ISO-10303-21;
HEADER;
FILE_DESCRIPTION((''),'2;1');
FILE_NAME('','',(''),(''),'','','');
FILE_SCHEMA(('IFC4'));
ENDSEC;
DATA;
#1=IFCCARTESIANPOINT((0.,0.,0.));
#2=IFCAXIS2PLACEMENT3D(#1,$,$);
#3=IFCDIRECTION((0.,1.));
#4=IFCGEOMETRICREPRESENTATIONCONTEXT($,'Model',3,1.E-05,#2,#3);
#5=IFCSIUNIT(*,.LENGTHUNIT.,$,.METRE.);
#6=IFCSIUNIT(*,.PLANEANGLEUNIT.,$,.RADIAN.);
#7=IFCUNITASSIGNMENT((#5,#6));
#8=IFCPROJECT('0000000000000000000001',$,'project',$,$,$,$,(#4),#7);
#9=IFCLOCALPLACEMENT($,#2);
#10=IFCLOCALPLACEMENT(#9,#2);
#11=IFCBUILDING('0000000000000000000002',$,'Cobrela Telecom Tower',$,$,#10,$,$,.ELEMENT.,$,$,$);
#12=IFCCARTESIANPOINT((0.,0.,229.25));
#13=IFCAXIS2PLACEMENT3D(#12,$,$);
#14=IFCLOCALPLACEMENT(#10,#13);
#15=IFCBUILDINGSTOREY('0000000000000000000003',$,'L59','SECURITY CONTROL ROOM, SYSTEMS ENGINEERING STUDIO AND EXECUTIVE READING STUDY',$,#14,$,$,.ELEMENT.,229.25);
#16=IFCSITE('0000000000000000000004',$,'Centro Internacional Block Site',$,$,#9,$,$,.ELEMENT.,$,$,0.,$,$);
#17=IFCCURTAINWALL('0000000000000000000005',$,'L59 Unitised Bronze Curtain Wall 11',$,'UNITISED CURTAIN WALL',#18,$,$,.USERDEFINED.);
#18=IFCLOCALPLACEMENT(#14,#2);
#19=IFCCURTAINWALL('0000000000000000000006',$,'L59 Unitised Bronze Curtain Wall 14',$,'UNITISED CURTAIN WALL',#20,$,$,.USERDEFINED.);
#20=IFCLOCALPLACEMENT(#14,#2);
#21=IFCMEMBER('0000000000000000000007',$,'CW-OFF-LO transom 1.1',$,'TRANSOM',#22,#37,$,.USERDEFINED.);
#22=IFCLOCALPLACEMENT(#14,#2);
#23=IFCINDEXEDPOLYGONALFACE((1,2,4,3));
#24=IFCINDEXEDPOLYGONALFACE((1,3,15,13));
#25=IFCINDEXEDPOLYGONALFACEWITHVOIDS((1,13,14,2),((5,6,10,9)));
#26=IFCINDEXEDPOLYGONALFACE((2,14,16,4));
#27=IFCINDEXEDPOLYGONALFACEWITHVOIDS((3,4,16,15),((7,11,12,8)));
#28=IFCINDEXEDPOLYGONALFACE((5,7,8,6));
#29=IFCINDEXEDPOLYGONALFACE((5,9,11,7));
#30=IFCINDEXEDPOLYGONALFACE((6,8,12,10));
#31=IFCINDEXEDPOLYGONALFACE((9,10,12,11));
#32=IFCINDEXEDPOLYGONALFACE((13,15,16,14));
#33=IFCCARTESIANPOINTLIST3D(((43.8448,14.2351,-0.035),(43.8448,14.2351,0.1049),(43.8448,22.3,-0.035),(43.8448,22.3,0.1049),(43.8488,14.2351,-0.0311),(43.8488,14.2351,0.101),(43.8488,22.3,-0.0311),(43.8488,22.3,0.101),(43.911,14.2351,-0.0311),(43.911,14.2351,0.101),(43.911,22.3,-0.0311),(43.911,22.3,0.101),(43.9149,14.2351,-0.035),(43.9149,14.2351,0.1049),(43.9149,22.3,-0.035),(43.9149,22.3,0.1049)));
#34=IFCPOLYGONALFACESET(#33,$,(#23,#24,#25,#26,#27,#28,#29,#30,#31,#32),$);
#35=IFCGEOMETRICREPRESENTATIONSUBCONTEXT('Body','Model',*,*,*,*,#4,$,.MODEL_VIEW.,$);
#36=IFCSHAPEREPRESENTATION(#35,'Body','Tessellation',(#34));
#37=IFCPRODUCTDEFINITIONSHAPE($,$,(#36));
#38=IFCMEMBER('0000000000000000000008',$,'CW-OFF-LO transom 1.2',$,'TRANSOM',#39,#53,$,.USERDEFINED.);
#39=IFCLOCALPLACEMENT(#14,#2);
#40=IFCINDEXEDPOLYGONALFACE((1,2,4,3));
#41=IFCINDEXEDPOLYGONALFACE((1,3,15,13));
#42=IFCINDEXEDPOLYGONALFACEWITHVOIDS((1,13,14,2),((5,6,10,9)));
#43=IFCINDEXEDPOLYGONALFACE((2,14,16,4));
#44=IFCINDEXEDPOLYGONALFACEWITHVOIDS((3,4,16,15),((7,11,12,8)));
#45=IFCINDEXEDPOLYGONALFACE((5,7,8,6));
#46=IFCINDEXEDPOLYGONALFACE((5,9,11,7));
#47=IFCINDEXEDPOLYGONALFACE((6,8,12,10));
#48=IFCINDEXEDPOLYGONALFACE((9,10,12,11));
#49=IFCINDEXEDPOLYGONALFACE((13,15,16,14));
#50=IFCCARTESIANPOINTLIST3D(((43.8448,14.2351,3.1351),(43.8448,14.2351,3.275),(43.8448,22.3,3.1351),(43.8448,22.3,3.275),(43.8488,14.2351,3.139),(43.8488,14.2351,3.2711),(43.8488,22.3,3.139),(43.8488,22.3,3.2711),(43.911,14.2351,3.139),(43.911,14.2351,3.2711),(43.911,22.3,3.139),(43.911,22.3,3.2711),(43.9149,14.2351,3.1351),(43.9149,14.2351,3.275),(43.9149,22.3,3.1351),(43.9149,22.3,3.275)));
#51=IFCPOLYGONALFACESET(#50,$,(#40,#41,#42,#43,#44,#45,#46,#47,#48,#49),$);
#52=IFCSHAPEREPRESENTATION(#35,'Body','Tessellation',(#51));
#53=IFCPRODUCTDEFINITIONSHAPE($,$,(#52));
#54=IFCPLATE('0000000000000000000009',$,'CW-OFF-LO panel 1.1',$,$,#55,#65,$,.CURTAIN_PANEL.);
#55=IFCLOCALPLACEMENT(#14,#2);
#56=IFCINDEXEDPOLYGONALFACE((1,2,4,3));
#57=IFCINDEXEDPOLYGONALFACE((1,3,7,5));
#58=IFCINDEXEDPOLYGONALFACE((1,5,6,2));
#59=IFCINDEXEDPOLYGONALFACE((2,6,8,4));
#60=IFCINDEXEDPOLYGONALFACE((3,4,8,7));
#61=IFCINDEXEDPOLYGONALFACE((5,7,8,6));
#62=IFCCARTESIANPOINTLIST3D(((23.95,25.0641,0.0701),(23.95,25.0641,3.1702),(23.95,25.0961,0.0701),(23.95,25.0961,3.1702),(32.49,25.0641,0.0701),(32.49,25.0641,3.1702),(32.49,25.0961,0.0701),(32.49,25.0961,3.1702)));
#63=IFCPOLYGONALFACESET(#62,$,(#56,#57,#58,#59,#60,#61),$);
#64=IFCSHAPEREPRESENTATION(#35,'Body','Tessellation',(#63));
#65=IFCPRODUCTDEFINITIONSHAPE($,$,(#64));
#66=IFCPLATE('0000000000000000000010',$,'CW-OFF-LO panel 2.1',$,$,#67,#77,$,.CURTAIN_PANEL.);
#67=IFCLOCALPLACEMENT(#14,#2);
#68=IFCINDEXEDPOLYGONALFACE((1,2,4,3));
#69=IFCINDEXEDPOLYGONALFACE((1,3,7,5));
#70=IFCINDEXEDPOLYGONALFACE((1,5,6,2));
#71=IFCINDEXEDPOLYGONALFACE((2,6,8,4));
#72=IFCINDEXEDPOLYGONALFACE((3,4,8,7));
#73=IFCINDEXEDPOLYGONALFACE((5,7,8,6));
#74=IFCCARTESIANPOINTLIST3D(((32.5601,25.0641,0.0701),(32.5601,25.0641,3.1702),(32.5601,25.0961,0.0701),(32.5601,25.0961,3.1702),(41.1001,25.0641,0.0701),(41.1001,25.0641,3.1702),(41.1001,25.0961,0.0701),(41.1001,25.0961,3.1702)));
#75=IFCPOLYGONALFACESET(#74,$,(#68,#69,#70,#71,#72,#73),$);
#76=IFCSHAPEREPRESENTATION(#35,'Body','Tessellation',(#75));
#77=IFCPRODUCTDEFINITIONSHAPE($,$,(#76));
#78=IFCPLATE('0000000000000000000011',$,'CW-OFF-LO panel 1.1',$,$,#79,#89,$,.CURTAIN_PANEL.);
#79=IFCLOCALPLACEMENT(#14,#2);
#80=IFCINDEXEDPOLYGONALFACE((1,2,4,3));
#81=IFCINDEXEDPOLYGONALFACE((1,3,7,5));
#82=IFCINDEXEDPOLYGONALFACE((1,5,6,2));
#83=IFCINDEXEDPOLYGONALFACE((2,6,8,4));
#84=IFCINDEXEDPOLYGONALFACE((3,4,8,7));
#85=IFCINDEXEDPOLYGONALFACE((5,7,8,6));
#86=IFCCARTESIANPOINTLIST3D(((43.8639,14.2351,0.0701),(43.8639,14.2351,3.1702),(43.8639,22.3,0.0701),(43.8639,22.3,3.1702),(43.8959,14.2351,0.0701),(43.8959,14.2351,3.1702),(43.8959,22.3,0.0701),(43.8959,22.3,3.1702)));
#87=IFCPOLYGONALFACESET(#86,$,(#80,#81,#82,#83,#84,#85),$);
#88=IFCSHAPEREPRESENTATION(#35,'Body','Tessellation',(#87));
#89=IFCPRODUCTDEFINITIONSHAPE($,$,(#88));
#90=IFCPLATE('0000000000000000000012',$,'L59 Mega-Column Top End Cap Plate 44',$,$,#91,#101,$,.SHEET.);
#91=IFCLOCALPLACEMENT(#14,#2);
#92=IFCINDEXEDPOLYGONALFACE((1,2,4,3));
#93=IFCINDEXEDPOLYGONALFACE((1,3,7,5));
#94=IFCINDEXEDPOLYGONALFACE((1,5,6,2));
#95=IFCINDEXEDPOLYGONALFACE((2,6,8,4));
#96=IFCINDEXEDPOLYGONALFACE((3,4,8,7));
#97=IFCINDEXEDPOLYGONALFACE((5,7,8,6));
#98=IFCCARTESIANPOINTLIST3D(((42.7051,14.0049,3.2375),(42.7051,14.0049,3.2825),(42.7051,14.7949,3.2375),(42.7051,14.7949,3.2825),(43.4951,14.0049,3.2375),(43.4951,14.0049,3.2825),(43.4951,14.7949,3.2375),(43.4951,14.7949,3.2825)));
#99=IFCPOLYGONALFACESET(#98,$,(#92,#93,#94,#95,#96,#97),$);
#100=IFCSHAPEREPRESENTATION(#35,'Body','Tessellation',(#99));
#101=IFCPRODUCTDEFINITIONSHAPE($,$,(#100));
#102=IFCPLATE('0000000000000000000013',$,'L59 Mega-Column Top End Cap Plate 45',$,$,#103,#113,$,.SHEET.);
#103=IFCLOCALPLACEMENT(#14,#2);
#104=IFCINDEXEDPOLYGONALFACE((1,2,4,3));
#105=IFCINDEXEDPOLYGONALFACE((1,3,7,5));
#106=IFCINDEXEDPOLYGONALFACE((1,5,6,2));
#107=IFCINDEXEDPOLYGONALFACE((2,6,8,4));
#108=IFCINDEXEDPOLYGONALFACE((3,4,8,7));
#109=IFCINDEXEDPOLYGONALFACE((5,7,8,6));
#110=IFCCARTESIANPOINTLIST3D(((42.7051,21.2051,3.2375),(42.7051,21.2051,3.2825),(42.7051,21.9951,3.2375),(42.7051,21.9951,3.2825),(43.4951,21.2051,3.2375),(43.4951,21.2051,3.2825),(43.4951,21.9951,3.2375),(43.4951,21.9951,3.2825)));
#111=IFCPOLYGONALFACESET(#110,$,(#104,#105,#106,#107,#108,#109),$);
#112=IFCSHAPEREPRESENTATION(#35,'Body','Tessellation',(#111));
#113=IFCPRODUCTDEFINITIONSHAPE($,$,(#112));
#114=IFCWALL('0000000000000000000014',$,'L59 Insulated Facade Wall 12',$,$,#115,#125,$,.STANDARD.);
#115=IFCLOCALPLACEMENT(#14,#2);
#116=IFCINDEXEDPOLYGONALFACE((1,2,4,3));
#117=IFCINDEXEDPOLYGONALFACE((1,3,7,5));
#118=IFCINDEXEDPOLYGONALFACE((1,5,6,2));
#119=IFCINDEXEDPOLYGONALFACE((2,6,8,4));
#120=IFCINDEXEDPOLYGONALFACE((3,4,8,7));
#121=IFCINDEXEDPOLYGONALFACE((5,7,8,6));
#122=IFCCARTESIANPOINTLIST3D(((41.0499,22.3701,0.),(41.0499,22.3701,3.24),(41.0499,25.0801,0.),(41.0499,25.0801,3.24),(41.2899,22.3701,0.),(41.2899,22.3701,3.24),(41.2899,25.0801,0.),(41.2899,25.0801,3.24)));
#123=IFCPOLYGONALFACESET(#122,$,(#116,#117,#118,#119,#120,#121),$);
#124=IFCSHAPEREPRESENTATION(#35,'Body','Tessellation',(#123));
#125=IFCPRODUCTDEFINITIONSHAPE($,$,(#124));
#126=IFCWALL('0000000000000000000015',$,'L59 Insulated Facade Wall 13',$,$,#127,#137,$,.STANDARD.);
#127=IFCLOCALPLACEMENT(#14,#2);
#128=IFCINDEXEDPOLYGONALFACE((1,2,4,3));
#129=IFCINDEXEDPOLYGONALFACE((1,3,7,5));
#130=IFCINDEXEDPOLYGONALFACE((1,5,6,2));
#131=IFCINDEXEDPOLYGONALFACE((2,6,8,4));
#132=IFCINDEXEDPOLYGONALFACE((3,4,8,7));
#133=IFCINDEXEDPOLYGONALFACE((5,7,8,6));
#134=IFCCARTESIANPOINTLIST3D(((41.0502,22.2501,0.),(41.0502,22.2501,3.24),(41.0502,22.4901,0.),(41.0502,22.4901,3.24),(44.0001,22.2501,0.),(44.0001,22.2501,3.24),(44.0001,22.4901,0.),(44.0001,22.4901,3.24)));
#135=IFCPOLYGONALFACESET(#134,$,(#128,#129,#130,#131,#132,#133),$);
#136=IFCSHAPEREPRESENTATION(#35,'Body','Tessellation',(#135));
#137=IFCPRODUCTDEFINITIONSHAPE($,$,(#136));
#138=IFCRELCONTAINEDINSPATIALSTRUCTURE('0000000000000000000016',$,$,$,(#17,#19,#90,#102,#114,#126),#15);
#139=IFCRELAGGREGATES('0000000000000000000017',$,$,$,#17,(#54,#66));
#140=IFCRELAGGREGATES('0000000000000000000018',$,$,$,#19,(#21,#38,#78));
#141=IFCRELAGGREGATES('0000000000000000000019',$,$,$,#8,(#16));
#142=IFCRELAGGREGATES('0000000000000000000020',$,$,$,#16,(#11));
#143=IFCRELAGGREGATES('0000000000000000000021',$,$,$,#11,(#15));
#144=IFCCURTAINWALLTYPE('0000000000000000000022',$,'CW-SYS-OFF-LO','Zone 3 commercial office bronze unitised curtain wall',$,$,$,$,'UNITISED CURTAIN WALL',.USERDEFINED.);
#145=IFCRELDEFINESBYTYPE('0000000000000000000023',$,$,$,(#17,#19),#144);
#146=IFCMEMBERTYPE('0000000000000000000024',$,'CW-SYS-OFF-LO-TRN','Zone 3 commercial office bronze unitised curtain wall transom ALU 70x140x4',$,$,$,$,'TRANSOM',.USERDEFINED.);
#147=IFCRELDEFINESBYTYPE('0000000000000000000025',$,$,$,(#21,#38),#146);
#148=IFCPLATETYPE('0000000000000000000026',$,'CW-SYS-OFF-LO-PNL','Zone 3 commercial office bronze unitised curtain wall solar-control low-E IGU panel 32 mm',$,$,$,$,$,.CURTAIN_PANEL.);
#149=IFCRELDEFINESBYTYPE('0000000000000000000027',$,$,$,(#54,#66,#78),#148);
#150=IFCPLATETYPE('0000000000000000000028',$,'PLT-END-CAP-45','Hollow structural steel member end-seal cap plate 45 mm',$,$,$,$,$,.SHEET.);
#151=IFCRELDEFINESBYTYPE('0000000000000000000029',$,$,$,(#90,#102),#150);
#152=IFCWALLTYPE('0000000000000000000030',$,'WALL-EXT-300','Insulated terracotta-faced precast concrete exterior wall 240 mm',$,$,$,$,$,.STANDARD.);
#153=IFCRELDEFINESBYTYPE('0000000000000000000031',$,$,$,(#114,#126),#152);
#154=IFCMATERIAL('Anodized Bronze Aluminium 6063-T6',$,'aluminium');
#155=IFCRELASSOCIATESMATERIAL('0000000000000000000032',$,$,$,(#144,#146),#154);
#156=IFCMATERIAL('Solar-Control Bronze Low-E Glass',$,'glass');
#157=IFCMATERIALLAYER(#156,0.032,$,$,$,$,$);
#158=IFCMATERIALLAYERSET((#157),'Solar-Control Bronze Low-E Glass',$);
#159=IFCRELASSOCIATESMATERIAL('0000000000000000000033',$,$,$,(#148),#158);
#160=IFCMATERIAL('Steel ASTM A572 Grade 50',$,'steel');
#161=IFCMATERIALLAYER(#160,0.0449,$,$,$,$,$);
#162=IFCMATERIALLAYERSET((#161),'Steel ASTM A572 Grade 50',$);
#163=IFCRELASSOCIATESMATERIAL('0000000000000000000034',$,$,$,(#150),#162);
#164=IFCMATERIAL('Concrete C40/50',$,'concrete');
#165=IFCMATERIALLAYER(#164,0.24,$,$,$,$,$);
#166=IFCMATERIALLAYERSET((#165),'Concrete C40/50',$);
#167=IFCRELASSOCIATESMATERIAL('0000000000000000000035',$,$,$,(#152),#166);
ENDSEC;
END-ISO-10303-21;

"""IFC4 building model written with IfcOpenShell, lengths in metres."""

from ifc_helpers import new_model, si_unit, direction, frame, frame_2d, origin, origin_2d, place, context, subcontext, project, spatial, rectangle, hollow_rectangle, extrude, material, layer, layer_set, material_profile, profile_set, type_object, element, aggregate, save


model = new_model("IFC4")

# Units and contexts
model_context = context("Model", 3, precision=1e-05, world=origin(), true_north=direction((0.0, 1.0)))
body_context = subcontext(model_context, "Body", "Model", "MODEL_VIEW")
ifc_project = project(units=[si_unit("LENGTHUNIT", "METRE"), si_unit("PLANEANGLEUNIT", "RADIAN")], contexts=[model_context])

# Site, building, storey
site_placement = place(None, origin())
site = spatial("IfcSite", under=ifc_project, at=site_placement, Name="Centro Internacional Block Site", CompositionType="ELEMENT", RefElevation=0.0)
building_placement = place(site_placement, origin())
building = spatial("IfcBuilding", under=site, at=building_placement, Name="Cobrela Telecom Tower", CompositionType="ELEMENT")
storey_placement = place(building_placement, frame((0.0, 0.0, 229.25)))
storey = spatial("IfcBuildingStorey", under=building, at=storey_placement, Name="L59", Description="SECURITY CONTROL ROOM, SYSTEMS ENGINEERING STUDIO AND EXECUTIVE READING STUDY", CompositionType="ELEMENT", Elevation=229.25)

# Shared definitions
ifc_material_1 = material(Name="Steel ASTM A572 Grade 50", Category="steel")

# Curtain wall
ifc_material_2 = material(Name="Anodized Bronze Aluminium 6063-T6", Category="aluminium")
curtain_wall_type = type_object("IfcCurtainWallType", Name="CW-SYS-OFF-LO", Description="Zone 3 commercial office bronze unitised curtain wall", ElementType="UNITISED CURTAIN WALL", PredefinedType="USERDEFINED", material=ifc_material_2)
curtain_wall_1_placement = place(storey_placement, origin())
curtain_wall_1 = element("IfcCurtainWall", 1, at=curtain_wall_1_placement, inside=storey, type_object=curtain_wall_type, Name="L59 Unitised Bronze Curtain Wall 11", ObjectType="UNITISED CURTAIN WALL", PredefinedType="USERDEFINED")

# Curtain wall
curtain_wall_2_placement = place(storey_placement, origin())
curtain_wall_2 = element("IfcCurtainWall", 2, at=curtain_wall_2_placement, inside=storey, type_object=curtain_wall_type, Name="L59 Unitised Bronze Curtain Wall 14", ObjectType="UNITISED CURTAIN WALL", PredefinedType="USERDEFINED")

# Members
ifc_material_profile_1 = material_profile(ifc_material_2, hollow_rectangle(XDim=0.0701, YDim=0.1399, WallThickness=0.0039, at=origin_2d()), Name="ALU 70x140x4")
ifc_profile_set_1 = profile_set([ifc_material_profile_1], Name="Anodized Bronze Aluminium 6063-T6")
member_type_1 = type_object("IfcMemberType", Name="CW-SYS-OFF-LO-TRN", Description="Zone 3 commercial office bronze unitised curtain wall transom ALU 70x140x4", ElementType="TRANSOM", PredefinedType="USERDEFINED", material=ifc_profile_set_1)
member_1_placement = place(storey_placement, frame((43.8799, 22.3, 0.0349), z_axis=(0.0, -1.0, 0.0), x_axis=(1.0, 0.0, 0.0)))
member_1 = element("IfcMember", 3, at=member_1_placement, type_object=member_type_1, Name="CW-OFF-LO transom 1.1", ObjectType="TRANSOM", PredefinedType="USERDEFINED", context=body_context, shape_type="SweptSolid", body=[
    extrude(hollow_rectangle(XDim=0.0701, YDim=0.1399, WallThickness=0.0039, at=origin_2d()), origin(), (0.0, 0.0, 1.0), 8.0649),
])
member_2_placement = place(storey_placement, frame((43.8799, 22.3, 3.2051), z_axis=(0.0, -1.0, 0.0), x_axis=(1.0, 0.0, 0.0)))
member_2 = element("IfcMember", 4, at=member_2_placement, type_object=member_type_1, Name="CW-OFF-LO transom 1.2", ObjectType="TRANSOM", PredefinedType="USERDEFINED", context=body_context, shape_type="SweptSolid", body=[
    extrude(hollow_rectangle(XDim=0.0701, YDim=0.1399, WallThickness=0.0039, at=origin_2d()), origin(), (0.0, 0.0, 1.0), 8.0649),
])

# Plates
ifc_material_3 = material(Name="Solar-Control Bronze Low-E Glass", Category="glass")
ifc_layer_1 = layer(ifc_material_3, 0.032)
ifc_layer_set_1 = layer_set([ifc_layer_1], Name="Solar-Control Bronze Low-E Glass")
plate_type_1 = type_object("IfcPlateType", Name="CW-SYS-OFF-LO-PNL", Description="Zone 3 commercial office bronze unitised curtain wall solar-control low-E IGU panel 32 mm", PredefinedType="CURTAIN_PANEL", material=ifc_layer_set_1)
plate_1_placement = place(storey_placement, frame((28.22, 25.0801, 0.0701), z_axis=(0.0, 0.0, 1.0), x_axis=(1.0, 0.0, 0.0)))
plate_1 = element("IfcPlate", 5, at=plate_1_placement, type_object=plate_type_1, Name="CW-OFF-LO panel 1.1", PredefinedType="CURTAIN_PANEL", context=body_context, shape_type="SweptSolid", body=[
    extrude(rectangle(XDim=8.54, YDim=0.032, at=origin_2d()), origin(), (0.0, 0.0, 1.0), 3.1001),
])
plate_2_placement = place(storey_placement, frame((36.8301, 25.0801, 0.0701), z_axis=(0.0, 0.0, 1.0), x_axis=(1.0, 0.0, 0.0)))
plate_2 = element("IfcPlate", 6, at=plate_2_placement, type_object=plate_type_1, Name="CW-OFF-LO panel 2.1", PredefinedType="CURTAIN_PANEL", context=body_context, shape_type="SweptSolid", body=[
    extrude(rectangle(XDim=8.54, YDim=0.032, at=origin_2d()), origin(), (0.0, 0.0, 1.0), 3.1001),
])
aggregate(curtain_wall_1, [plate_1, plate_2])
plate_3_placement = place(storey_placement, frame((43.8799, 18.2676, 0.0701), z_axis=(0.0, 0.0, 1.0), x_axis=(0.0, -1.0, 0.0)))
plate_3 = element("IfcPlate", 7, at=plate_3_placement, type_object=plate_type_1, Name="CW-OFF-LO panel 1.1", PredefinedType="CURTAIN_PANEL", context=body_context, shape_type="SweptSolid", body=[
    extrude(rectangle(XDim=8.0649, YDim=0.032, at=origin_2d()), origin(), (0.0, 0.0, 1.0), 3.1001),
])
aggregate(curtain_wall_2, [member_1, member_2, plate_3])

# Plates
ifc_layer_2 = layer(ifc_material_1, 0.0449)
ifc_layer_set_2 = layer_set([ifc_layer_2], Name="Steel ASTM A572 Grade 50")
plate_type_2 = type_object("IfcPlateType", Name="PLT-END-CAP-45", Description="Hollow structural steel member end-seal cap plate 45 mm", PredefinedType="SHEET", material=ifc_layer_set_2)
for number, where, z_axis, x_axis, name in (
    (8, (43.1001, 14.3999, 3.2375), (0.0, 0.0, 1.0), (1.0, 0.0, 0.0), "L59 Mega-Column Top End Cap Plate 44"),
    (9, (43.1001, 21.6001, 3.2375), (0.0, 0.0, 1.0), (1.0, 0.0, 0.0), "L59 Mega-Column Top End Cap Plate 45"),
):
    element("IfcPlate", number, at=place(storey_placement, frame(where, z_axis=z_axis, x_axis=x_axis)), inside=storey, type_object=plate_type_2, Name=name, PredefinedType="SHEET", context=body_context, shape_type="SweptSolid", body=[
        extrude(rectangle(XDim=0.79, YDim=0.79, at=origin_2d()), origin(), (0.0, 0.0, 1.0), 0.0449),
    ])

# Walls
ifc_material_4 = material(Name="Concrete C40/50", Category="concrete")
ifc_layer_3 = layer(ifc_material_4, 0.24)
ifc_layer_set_3 = layer_set([ifc_layer_3], Name="Concrete C40/50")
wall_type = type_object("IfcWallType", Name="WALL-EXT-300", Description="Insulated terracotta-faced precast concrete exterior wall 240 mm", PredefinedType="STANDARD", material=ifc_layer_set_3)
wall_1_placement = place(storey_placement, frame((41.1699, 25.0801, 0.0), z_axis=(0.0, 0.0, 1.0), x_axis=(0.0, -1.0, 0.0)))
element("IfcWall", 10, at=wall_1_placement, inside=storey, type_object=wall_type, Name="L59 Insulated Facade Wall 12", PredefinedType="STANDARD", context=body_context, shape_type="SweptSolid", body=[
    extrude(rectangle(XDim=2.71, YDim=0.24, at=frame_2d((1.355, 0.0))), origin(), (0.0, 0.0, 1.0), 3.24),
])
wall_2_placement = place(storey_placement, frame((41.05, 22.3701, 0.0), z_axis=(0.0, 0.0, 1.0), x_axis=(1.0, 0.0, 0.0)))
element("IfcWall", 11, at=wall_2_placement, inside=storey, type_object=wall_type, Name="L59 Insulated Facade Wall 13", PredefinedType="STANDARD", context=body_context, shape_type="SweptSolid", body=[
    extrude(rectangle(XDim=2.95, YDim=0.24, at=frame_2d((1.4751, 0.0))), origin(), (0.0, 0.0, 1.0), 3.24),
])

save(model, "model.ifc")
